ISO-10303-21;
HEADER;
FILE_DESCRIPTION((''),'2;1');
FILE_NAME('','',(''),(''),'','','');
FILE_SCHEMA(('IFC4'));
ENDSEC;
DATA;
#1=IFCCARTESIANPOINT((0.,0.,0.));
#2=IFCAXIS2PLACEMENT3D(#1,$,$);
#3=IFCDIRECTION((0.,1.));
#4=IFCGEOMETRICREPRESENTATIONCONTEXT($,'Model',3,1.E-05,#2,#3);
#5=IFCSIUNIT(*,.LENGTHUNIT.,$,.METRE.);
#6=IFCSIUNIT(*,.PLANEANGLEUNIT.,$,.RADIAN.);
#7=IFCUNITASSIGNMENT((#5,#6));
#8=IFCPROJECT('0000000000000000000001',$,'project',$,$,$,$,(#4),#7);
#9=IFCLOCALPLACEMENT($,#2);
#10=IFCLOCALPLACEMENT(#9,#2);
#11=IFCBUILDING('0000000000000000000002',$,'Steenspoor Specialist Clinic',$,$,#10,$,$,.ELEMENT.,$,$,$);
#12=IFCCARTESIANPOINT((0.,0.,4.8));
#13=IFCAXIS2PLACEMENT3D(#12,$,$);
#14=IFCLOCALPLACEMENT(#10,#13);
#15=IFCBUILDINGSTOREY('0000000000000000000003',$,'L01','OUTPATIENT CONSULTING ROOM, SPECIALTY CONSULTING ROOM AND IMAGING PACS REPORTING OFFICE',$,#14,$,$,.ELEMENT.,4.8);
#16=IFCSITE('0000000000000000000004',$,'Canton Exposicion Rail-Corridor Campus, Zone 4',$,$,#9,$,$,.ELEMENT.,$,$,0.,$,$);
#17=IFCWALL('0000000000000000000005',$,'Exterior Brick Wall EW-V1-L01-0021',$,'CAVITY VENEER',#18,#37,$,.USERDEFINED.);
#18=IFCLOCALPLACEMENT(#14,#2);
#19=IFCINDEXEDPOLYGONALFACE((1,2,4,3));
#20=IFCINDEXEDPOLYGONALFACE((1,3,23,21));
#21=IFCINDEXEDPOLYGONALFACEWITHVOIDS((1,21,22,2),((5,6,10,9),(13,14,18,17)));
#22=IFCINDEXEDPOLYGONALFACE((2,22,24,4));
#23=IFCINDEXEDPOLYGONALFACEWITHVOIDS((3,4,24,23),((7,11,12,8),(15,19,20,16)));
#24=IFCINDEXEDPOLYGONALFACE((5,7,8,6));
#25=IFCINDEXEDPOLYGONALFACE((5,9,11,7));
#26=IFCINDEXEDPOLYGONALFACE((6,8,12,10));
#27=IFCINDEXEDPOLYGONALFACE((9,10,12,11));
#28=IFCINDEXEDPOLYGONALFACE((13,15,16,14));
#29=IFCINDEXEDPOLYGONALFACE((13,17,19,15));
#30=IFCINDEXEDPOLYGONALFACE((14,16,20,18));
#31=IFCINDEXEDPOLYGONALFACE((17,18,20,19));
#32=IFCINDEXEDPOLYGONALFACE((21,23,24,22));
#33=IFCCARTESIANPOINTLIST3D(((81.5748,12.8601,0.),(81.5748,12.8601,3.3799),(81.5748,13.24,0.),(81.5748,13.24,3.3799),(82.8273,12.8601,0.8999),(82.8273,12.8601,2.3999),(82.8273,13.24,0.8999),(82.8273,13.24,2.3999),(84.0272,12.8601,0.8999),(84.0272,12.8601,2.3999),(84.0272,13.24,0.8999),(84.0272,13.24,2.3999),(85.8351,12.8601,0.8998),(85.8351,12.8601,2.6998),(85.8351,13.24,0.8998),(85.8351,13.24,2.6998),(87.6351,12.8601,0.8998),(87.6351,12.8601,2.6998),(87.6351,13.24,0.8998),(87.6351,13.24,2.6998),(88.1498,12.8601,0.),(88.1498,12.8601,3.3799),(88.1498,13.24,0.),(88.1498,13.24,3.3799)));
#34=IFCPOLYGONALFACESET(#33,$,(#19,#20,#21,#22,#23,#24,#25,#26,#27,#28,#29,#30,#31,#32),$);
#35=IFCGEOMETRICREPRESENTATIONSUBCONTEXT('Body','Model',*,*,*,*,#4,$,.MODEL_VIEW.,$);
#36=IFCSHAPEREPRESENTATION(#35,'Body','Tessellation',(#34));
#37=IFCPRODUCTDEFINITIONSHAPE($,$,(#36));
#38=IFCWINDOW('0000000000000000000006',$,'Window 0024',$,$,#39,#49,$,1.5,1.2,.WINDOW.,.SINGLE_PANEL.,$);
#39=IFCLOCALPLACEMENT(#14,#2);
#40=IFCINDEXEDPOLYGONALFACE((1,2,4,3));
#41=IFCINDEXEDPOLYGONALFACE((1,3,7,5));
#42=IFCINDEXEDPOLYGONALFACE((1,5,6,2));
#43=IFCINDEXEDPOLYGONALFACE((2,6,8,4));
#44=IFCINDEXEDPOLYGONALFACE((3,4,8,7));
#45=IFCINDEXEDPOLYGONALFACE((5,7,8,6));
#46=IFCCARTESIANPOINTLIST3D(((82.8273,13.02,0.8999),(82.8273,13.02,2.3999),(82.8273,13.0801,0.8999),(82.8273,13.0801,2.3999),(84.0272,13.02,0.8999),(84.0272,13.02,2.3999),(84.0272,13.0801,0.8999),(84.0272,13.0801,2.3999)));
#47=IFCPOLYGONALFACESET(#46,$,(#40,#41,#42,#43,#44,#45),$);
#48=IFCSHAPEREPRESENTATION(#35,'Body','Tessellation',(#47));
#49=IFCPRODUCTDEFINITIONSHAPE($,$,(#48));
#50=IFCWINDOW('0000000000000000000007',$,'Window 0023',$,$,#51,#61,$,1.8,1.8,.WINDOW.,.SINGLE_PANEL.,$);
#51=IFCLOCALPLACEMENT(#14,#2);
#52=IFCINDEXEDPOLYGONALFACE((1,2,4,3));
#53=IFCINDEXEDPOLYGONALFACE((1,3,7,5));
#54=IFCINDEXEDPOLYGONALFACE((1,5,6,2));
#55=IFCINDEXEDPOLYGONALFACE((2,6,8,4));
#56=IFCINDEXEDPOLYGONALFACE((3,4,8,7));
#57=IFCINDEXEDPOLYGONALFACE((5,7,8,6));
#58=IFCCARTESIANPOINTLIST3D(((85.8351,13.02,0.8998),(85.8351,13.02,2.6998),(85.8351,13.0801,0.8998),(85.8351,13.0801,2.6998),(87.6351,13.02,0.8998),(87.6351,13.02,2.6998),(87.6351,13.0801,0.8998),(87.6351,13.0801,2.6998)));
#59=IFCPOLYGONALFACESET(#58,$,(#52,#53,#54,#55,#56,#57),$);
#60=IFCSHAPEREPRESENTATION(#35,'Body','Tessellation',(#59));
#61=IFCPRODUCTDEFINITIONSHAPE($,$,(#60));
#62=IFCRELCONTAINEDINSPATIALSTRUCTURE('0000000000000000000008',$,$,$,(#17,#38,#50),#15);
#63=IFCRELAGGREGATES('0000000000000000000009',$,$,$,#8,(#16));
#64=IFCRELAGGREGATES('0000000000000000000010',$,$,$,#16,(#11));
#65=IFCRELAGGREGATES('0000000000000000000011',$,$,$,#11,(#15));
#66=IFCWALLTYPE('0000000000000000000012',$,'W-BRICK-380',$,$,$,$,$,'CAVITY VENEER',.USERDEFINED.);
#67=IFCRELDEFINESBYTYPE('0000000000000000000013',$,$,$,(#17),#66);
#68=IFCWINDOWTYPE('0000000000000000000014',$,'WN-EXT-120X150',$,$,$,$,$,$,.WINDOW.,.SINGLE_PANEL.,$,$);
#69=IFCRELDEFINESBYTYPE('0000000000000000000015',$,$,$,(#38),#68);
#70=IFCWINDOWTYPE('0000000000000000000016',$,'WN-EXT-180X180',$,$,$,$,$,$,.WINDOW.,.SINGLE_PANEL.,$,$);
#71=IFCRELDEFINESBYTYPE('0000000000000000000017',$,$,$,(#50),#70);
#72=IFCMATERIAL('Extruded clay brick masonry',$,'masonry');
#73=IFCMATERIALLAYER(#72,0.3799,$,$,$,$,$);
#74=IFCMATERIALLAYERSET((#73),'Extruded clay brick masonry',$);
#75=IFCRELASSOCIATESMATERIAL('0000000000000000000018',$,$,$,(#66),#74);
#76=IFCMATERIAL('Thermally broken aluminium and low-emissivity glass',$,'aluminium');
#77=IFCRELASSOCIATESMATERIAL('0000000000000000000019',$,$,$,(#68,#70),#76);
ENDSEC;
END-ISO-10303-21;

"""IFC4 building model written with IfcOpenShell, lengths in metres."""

from ifc_helpers import new_model, si_unit, direction, frame, frame_2d, origin, place, context, subcontext, project, spatial, rectangle, extrude, material, layer, layer_set, type_object, element, fill, save


model = new_model("IFC4")

# Units and contexts
model_context = context("Model", 3, precision=1e-05, world=origin(), true_north=direction((0.0, 1.0)))
body_context = subcontext(model_context, "Body", "Model", "MODEL_VIEW")
ifc_project = project(units=[si_unit("LENGTHUNIT", "METRE"), si_unit("PLANEANGLEUNIT", "RADIAN")], contexts=[model_context])

# Site, building, storey
site_placement = place(None, origin())
site = spatial("IfcSite", under=ifc_project, at=site_placement, Name="Canton Exposicion Rail-Corridor Campus, Zone 4", CompositionType="ELEMENT", RefElevation=0.0)
building_placement = place(site_placement, origin())
building = spatial("IfcBuilding", under=site, at=building_placement, Name="Steenspoor Specialist Clinic", CompositionType="ELEMENT")
storey_placement = place(building_placement, frame((0.0, 0.0, 4.8)))
storey = spatial("IfcBuildingStorey", under=building, at=storey_placement, Name="L01", Description="OUTPATIENT CONSULTING ROOM, SPECIALTY CONSULTING ROOM AND IMAGING PACS REPORTING OFFICE", CompositionType="ELEMENT", Elevation=4.8)

# Shared definitions
ifc_material_1 = material(Name="Thermally broken aluminium and low-emissivity glass", Category="aluminium")

# Wall, openings, windows
ifc_material_2 = material(Name="Extruded clay brick masonry", Category="masonry")
ifc_layer_1 = layer(ifc_material_2, 0.3799)
ifc_layer_set_1 = layer_set([ifc_layer_1], Name="Extruded clay brick masonry")
wall_type = type_object("IfcWallType", Name="W-BRICK-380", ElementType="CAVITY VENEER", PredefinedType="USERDEFINED", material=ifc_layer_set_1)
wall_placement = place(storey_placement, frame((88.1499, 13.05, 0.0), z_axis=(0.0, 0.0, 1.0), x_axis=(-1.0, 0.0, 0.0)))
wall = element("IfcWall", 1, at=wall_placement, inside=storey, type_object=wall_type, Name="Exterior Brick Wall EW-V1-L01-0021", ObjectType="CAVITY VENEER", PredefinedType="USERDEFINED", context=body_context, shape_type="SweptSolid", body=[
    extrude(rectangle(XDim=6.575, YDim=0.3799, at=frame_2d((3.2876, 0.0))), origin(), (0.0, 0.0, 1.0), 3.3799),
])
opening_1_placement = place(wall_placement, frame((0.5149, 0.0, 0.8999)))
opening_1 = element("IfcOpeningElement", 2, at=opening_1_placement, cuts=wall, PredefinedType="OPENING", context=body_context, shape_type="SweptSolid", body=[
    extrude(rectangle(XDim=1.8, YDim=1.8, at=frame_2d((0.8999, 0.8999))), frame((0.0, 0.2, 0.0), z_axis=(0.0, -1.0, 0.0), x_axis=(1.0, 0.0, 0.0)), (0.0, 0.0, 1.0), 0.3999),
])
opening_2_placement = place(wall_placement, frame((4.1226, 0.0, 0.8999)))
opening_2 = element("IfcOpeningElement", 3, at=opening_2_placement, cuts=wall, PredefinedType="OPENING", context=body_context, shape_type="SweptSolid", body=[
    extrude(rectangle(XDim=1.2, YDim=1.5, at=frame_2d((0.6001, 0.75))), frame((0.0, 0.2, 0.0), z_axis=(0.0, -1.0, 0.0), x_axis=(1.0, 0.0, 0.0)), (0.0, 0.0, 1.0), 0.3999),
])
window_type_1 = type_object("IfcWindowType", Name="WN-EXT-120X150", PartitioningType="SINGLE_PANEL", PredefinedType="WINDOW", material=ifc_material_1)
window_1_placement = place(opening_2_placement, origin())
window_1 = element("IfcWindow", 4, at=window_1_placement, inside=storey, type_object=window_type_1, Name="Window 0024", OverallHeight=1.5, OverallWidth=1.2, PartitioningType="SINGLE_PANEL", PredefinedType="WINDOW", context=body_context, shape_type="SweptSolid", body=[
    extrude(rectangle(XDim=1.2, YDim=1.5, at=frame_2d((0.6001, 0.75))), frame((0.0, 0.03, 0.0), z_axis=(0.0, -1.0, 0.0), x_axis=(1.0, 0.0, 0.0)), (0.0, 0.0, 1.0), 0.0601),
])
fill(opening_2, window_1)
window_type_2 = type_object("IfcWindowType", Name="WN-EXT-180X180", PartitioningType="SINGLE_PANEL", PredefinedType="WINDOW", material=ifc_material_1)
window_2_placement = place(opening_1_placement, origin())
window_2 = element("IfcWindow", 5, at=window_2_placement, inside=storey, type_object=window_type_2, Name="Window 0023", OverallHeight=1.8, OverallWidth=1.8, PartitioningType="SINGLE_PANEL", PredefinedType="WINDOW", context=body_context, shape_type="SweptSolid", body=[
    extrude(rectangle(XDim=1.8, YDim=1.8, at=frame_2d((0.8999, 0.8999))), frame((0.0, 0.03, 0.0), z_axis=(0.0, -1.0, 0.0), x_axis=(1.0, 0.0, 0.0)), (0.0, 0.0, 1.0), 0.0601),
])
fill(opening_1, window_2)

save(model, "model.ifc")
